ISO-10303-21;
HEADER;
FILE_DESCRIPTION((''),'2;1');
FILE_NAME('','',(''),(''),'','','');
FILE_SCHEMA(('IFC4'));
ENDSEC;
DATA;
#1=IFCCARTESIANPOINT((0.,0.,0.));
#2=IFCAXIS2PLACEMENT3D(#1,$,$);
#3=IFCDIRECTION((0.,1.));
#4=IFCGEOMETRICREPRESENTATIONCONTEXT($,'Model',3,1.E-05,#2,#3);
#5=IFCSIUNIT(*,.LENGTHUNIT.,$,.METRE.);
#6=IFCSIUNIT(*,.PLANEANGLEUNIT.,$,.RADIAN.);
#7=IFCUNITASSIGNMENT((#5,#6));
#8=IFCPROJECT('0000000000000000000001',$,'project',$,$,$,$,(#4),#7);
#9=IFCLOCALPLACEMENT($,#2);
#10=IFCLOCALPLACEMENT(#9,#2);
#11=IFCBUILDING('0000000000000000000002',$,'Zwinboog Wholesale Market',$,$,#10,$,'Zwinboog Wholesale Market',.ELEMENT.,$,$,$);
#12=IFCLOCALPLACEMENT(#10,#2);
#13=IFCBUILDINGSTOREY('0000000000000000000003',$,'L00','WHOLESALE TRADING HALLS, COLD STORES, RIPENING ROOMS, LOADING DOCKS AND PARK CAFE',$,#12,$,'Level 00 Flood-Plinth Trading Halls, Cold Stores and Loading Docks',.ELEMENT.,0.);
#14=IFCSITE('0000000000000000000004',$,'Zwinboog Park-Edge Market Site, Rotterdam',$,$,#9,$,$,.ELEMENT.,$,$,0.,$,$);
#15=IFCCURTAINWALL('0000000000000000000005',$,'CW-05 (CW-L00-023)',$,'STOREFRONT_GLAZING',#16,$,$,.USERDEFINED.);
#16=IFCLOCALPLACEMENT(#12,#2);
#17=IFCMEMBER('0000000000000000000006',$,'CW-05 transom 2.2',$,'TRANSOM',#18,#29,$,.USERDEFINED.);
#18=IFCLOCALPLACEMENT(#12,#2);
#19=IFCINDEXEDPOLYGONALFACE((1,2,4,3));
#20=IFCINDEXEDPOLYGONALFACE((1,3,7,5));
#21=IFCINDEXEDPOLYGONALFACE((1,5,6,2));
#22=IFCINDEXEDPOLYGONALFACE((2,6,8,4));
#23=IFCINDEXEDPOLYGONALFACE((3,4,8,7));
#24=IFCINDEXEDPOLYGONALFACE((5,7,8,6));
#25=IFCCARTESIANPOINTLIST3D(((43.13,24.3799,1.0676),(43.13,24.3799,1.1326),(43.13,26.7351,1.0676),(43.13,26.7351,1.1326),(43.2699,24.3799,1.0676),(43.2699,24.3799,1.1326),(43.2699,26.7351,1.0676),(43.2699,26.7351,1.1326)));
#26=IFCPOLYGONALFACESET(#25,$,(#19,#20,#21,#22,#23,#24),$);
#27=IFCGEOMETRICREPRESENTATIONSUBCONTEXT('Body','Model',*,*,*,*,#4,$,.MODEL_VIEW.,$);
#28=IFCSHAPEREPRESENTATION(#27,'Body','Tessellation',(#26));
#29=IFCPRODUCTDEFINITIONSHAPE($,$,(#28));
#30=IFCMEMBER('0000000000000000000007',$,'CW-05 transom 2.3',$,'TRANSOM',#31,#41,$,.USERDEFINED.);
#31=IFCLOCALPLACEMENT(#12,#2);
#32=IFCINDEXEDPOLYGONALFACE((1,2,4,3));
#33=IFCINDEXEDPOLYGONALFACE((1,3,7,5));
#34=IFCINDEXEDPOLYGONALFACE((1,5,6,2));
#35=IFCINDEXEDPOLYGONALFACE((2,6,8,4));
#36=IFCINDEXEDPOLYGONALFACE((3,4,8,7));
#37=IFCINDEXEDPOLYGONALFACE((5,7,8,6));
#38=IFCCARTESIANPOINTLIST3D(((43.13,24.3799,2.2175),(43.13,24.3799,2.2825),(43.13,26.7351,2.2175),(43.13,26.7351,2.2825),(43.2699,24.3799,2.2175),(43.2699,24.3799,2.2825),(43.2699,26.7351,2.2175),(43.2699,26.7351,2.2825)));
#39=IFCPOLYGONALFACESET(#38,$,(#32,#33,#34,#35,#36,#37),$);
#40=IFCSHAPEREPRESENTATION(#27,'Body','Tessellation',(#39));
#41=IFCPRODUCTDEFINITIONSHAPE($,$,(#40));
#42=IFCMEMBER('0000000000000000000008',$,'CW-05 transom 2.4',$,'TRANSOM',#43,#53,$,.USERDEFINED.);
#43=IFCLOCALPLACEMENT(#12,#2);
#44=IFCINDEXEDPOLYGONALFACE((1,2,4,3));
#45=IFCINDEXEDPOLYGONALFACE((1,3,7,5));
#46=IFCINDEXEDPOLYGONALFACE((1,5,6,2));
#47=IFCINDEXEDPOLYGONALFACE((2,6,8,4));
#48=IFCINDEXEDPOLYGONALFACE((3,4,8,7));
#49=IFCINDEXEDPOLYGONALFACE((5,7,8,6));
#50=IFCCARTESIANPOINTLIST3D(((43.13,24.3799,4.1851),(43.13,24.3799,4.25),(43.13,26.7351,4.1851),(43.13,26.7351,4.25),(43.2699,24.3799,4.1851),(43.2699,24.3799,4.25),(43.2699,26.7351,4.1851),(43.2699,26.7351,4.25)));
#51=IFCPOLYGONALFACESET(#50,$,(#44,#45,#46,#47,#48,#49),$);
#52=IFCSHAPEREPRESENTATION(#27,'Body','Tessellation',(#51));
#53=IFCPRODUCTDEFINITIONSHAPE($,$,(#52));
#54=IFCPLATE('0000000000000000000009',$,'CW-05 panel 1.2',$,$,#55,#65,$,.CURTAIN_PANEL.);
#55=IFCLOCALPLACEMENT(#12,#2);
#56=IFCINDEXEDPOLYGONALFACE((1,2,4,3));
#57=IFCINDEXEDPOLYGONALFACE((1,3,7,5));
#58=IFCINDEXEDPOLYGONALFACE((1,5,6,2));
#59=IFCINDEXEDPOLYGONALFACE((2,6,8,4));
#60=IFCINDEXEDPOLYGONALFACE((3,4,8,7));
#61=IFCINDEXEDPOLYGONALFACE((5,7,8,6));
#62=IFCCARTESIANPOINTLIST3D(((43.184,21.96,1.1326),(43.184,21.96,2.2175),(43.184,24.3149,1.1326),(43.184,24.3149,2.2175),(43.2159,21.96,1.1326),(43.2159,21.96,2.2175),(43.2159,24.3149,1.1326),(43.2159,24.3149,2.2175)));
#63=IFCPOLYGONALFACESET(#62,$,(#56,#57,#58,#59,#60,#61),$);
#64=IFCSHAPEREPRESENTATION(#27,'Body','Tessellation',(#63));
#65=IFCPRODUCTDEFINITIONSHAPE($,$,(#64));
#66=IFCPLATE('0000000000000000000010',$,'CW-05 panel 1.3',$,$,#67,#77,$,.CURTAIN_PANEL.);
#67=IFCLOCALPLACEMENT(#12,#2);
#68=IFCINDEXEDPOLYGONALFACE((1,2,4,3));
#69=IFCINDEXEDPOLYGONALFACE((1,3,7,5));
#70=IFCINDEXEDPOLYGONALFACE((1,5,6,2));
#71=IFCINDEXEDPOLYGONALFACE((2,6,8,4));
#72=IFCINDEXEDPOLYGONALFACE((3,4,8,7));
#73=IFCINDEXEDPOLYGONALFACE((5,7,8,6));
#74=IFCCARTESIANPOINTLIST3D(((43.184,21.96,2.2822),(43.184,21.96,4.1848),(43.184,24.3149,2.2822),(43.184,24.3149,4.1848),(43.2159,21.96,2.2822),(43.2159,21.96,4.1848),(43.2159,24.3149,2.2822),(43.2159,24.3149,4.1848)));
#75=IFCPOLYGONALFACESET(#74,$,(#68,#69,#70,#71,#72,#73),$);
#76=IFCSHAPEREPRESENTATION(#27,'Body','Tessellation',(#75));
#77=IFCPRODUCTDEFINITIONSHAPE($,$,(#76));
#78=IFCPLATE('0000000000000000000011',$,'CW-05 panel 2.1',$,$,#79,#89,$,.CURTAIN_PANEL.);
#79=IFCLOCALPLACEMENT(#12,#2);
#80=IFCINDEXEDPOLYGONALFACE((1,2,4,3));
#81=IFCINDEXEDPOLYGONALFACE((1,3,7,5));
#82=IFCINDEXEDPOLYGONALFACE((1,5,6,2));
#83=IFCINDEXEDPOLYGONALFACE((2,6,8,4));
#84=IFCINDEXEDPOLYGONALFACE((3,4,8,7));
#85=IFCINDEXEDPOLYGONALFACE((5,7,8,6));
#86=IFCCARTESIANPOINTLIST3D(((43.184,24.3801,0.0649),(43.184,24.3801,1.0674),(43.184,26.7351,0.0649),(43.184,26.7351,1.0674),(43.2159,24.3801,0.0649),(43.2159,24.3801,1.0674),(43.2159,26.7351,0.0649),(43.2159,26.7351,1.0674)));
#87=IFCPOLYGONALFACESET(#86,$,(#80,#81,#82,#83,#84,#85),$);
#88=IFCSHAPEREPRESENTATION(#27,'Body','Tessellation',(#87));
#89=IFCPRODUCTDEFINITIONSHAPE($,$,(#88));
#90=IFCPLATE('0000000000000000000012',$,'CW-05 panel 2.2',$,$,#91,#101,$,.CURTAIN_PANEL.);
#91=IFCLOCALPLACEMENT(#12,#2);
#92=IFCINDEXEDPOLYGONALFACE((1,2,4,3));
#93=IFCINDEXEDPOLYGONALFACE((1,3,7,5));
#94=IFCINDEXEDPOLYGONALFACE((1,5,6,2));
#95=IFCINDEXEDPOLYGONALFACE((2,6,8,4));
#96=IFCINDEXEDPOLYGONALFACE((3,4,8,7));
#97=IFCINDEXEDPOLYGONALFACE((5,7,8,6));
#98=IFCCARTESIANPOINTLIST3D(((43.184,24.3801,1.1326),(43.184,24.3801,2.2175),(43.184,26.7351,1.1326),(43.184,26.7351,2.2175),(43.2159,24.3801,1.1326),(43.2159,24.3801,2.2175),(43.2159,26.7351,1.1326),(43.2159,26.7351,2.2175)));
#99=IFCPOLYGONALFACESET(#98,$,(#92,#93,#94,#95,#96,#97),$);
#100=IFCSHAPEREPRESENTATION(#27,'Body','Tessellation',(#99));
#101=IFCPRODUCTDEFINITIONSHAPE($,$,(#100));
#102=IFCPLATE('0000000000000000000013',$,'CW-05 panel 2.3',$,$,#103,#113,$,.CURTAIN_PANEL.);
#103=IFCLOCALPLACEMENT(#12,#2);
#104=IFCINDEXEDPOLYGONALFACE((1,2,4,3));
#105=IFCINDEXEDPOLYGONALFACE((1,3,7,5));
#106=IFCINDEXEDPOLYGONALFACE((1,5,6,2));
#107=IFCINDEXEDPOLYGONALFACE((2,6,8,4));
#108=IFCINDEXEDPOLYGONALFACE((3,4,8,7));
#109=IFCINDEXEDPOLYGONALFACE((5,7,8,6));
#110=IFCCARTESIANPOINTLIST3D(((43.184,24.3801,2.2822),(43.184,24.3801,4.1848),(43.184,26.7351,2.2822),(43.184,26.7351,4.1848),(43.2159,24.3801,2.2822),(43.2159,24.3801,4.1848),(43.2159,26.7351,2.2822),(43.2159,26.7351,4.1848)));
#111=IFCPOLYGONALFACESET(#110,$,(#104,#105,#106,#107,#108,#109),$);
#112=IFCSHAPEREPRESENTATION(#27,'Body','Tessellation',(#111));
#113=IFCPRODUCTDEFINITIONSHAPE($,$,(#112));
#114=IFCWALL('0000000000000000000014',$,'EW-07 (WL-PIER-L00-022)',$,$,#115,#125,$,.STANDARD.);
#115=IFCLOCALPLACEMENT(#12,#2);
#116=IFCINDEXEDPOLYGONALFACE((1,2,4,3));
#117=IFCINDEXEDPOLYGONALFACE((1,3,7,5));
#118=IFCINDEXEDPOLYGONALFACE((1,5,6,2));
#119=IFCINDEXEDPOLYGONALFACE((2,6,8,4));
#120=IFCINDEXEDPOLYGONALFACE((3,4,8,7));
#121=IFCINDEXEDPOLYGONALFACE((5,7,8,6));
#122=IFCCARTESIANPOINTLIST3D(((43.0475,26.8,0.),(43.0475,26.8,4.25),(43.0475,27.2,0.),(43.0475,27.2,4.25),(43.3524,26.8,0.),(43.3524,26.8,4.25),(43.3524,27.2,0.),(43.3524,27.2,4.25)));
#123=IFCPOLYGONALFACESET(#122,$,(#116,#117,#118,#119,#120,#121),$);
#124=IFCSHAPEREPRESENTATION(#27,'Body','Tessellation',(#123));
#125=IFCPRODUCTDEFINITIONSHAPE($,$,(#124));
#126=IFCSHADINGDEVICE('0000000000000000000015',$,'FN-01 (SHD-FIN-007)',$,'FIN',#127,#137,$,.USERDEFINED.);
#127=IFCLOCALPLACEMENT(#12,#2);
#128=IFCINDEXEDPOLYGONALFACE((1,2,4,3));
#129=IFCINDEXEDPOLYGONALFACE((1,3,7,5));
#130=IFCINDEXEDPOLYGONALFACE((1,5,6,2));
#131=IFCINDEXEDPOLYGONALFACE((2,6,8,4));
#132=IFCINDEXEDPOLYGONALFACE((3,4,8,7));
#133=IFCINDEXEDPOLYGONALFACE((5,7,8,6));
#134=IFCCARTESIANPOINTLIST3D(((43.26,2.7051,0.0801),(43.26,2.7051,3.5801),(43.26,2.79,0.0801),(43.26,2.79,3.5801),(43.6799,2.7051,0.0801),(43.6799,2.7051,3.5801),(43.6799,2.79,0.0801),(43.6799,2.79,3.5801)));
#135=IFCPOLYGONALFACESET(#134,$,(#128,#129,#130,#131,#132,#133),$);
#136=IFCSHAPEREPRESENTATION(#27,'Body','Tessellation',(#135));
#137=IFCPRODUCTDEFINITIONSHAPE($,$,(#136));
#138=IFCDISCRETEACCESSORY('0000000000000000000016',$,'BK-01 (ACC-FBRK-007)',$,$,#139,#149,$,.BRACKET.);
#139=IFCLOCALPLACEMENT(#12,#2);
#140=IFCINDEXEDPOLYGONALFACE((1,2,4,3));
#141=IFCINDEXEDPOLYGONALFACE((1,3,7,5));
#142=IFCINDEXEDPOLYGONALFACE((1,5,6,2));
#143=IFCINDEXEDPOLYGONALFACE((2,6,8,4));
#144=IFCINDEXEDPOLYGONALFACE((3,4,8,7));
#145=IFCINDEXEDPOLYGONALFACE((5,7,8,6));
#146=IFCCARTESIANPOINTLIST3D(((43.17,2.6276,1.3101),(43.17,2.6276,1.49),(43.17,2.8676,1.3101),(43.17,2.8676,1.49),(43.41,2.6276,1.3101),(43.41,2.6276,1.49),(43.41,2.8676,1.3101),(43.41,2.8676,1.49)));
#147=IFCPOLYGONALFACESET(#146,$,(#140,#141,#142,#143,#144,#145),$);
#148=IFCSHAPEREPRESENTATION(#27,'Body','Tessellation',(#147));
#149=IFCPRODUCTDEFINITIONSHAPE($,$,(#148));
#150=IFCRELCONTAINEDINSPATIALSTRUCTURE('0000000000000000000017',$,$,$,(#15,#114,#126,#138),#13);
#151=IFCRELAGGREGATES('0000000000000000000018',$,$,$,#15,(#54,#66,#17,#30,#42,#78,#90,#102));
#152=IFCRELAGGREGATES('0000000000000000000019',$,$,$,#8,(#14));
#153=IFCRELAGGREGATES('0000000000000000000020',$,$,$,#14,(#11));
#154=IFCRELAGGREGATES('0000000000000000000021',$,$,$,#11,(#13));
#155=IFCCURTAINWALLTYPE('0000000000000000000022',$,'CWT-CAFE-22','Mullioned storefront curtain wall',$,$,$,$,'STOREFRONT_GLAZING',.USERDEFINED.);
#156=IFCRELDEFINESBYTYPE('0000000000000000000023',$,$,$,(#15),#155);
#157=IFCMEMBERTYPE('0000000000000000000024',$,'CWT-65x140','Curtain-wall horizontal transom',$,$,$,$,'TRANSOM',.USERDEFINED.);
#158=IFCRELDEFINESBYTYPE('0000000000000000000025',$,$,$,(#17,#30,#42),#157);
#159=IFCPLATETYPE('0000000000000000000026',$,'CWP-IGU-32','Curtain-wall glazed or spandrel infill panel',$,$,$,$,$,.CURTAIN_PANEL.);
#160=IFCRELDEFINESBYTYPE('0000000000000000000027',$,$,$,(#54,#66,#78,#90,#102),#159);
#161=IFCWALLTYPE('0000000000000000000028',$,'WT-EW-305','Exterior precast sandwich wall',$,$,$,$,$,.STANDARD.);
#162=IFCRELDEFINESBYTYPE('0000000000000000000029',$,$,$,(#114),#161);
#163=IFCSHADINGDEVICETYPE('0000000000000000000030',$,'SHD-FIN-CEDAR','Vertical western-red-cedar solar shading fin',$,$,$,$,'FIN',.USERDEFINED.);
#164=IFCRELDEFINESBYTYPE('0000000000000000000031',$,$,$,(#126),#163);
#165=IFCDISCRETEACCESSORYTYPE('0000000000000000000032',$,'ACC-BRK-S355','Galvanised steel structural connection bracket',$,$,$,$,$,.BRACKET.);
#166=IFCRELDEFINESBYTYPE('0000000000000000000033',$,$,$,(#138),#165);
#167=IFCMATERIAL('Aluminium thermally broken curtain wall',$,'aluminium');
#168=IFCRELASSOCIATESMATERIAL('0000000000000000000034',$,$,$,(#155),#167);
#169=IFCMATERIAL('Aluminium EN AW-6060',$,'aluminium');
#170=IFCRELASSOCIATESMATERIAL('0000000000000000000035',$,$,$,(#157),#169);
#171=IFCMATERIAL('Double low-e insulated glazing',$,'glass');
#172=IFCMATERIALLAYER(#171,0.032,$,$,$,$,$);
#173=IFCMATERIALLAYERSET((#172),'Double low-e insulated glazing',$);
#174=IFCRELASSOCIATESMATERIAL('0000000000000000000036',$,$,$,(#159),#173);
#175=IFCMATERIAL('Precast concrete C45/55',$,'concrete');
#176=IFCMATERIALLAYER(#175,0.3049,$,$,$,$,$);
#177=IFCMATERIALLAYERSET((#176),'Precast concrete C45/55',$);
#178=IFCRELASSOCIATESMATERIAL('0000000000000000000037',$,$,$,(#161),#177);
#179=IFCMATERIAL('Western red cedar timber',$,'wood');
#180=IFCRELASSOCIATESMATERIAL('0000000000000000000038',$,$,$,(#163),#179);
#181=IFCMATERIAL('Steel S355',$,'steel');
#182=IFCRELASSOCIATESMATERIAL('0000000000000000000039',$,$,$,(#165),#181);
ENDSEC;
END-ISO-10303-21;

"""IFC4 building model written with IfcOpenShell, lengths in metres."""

from ifc_helpers import new_model, si_unit, direction, frame, frame_2d, origin, origin_2d, place, context, subcontext, project, spatial, rectangle, extrude, material, layer, layer_set, material_profile, profile_set, type_object, element, aggregate, save


model = new_model("IFC4")

# Units and contexts
model_context = context("Model", 3, precision=1e-05, world=origin(), true_north=direction((0.0, 1.0)))
body_context = subcontext(model_context, "Body", "Model", "MODEL_VIEW")
ifc_project = project(units=[si_unit("LENGTHUNIT", "METRE"), si_unit("PLANEANGLEUNIT", "RADIAN")], contexts=[model_context])

# Site, building, storey
site_placement = place(None, origin())
site = spatial("IfcSite", under=ifc_project, at=site_placement, Name="Zwinboog Park-Edge Market Site, Rotterdam", CompositionType="ELEMENT", RefElevation=0.0)
building_placement = place(site_placement, origin())
building = spatial("IfcBuilding", under=site, at=building_placement, Name="Zwinboog Wholesale Market", LongName="Zwinboog Wholesale Market", CompositionType="ELEMENT")
storey_placement = place(building_placement, origin())
storey = spatial("IfcBuildingStorey", under=building, at=storey_placement, Name="L00", Description="WHOLESALE TRADING HALLS, COLD STORES, RIPENING ROOMS, LOADING DOCKS AND PARK CAFE", LongName="Level 00 Flood-Plinth Trading Halls, Cold Stores and Loading Docks", CompositionType="ELEMENT", Elevation=0.0)

# Curtain wall, members, plates
ifc_material_1 = material(Name="Aluminium thermally broken curtain wall", Category="aluminium")
curtain_wall_type = type_object("IfcCurtainWallType", Name="CWT-CAFE-22", Description="Mullioned storefront curtain wall", ElementType="STOREFRONT_GLAZING", PredefinedType="USERDEFINED", material=ifc_material_1)
curtain_wall_placement = place(storey_placement, origin())
curtain_wall = element("IfcCurtainWall", 1, at=curtain_wall_placement, inside=storey, type_object=curtain_wall_type, Name="CW-05 (CW-L00-023)", ObjectType="STOREFRONT_GLAZING", PredefinedType="USERDEFINED")
ifc_material_2 = material(Name="Aluminium EN AW-6060", Category="aluminium")
ifc_material_profile_1 = material_profile(ifc_material_2, rectangle(XDim=0.1399, YDim=0.0649, at=origin_2d()), Name="AL 65x140")
ifc_profile_set_1 = profile_set([ifc_material_profile_1], Name="Aluminium EN AW-6060")
member_type_1 = type_object("IfcMemberType", Name="CWT-65x140", Description="Curtain-wall horizontal transom", ElementType="TRANSOM", PredefinedType="USERDEFINED", material=ifc_profile_set_1)
member_1_placement = place(storey_placement, frame((43.2, 24.3799, 1.1001), z_axis=(0.0, 1.0, 0.0), x_axis=(-1.0, 0.0, 0.0)))
member_1 = element("IfcMember", 2, at=member_1_placement, type_object=member_type_1, Name="CW-05 transom 2.2", ObjectType="TRANSOM", PredefinedType="USERDEFINED", context=body_context, shape_type="SweptSolid", body=[
    extrude(rectangle(XDim=0.1399, YDim=0.0649, at=origin_2d()), origin(), (0.0, 0.0, 1.0), 2.3552),
])
member_2_placement = place(storey_placement, frame((43.2, 24.3799, 2.25), z_axis=(0.0, 1.0, 0.0), x_axis=(-1.0, 0.0, 0.0)))
member_2 = element("IfcMember", 3, at=member_2_placement, type_object=member_type_1, Name="CW-05 transom 2.3", ObjectType="TRANSOM", PredefinedType="USERDEFINED", context=body_context, shape_type="SweptSolid", body=[
    extrude(rectangle(XDim=0.1399, YDim=0.0649, at=origin_2d()), origin(), (0.0, 0.0, 1.0), 2.3552),
])
member_3_placement = place(storey_placement, frame((43.2, 24.3799, 4.2175), z_axis=(0.0, 1.0, 0.0), x_axis=(-1.0, 0.0, 0.0)))
member_3 = element("IfcMember", 4, at=member_3_placement, type_object=member_type_1, Name="CW-05 transom 2.4", ObjectType="TRANSOM", PredefinedType="USERDEFINED", context=body_context, shape_type="SweptSolid", body=[
    extrude(rectangle(XDim=0.1399, YDim=0.0649, at=origin_2d()), origin(), (0.0, 0.0, 1.0), 2.3552),
])
ifc_material_3 = material(Name="Double low-e insulated glazing", Category="glass")
ifc_layer_1 = layer(ifc_material_3, 0.032)
ifc_layer_set_1 = layer_set([ifc_layer_1], Name="Double low-e insulated glazing")
plate_type = type_object("IfcPlateType", Name="CWP-IGU-32", Description="Curtain-wall glazed or spandrel infill panel", PredefinedType="CURTAIN_PANEL", material=ifc_layer_set_1)
plate_1_placement = place(storey_placement, frame((43.2, 23.1375, 1.1326), z_axis=(0.0, 0.0, 1.0), x_axis=(0.0, 1.0, 0.0)))
plate_1 = element("IfcPlate", 5, at=plate_1_placement, type_object=plate_type, Name="CW-05 panel 1.2", PredefinedType="CURTAIN_PANEL", context=body_context, shape_type="SweptSolid", body=[
    extrude(rectangle(XDim=2.355, YDim=0.032, at=origin_2d()), origin(), (0.0, 0.0, 1.0), 1.085),
])
plate_2_placement = place(storey_placement, frame((43.2, 23.1375, 2.2822), z_axis=(0.0, 0.0, 1.0), x_axis=(0.0, 1.0, 0.0)))
plate_2 = element("IfcPlate", 6, at=plate_2_placement, type_object=plate_type, Name="CW-05 panel 1.3", PredefinedType="CURTAIN_PANEL", context=body_context, shape_type="SweptSolid", body=[
    extrude(rectangle(XDim=2.355, YDim=0.032, at=origin_2d()), origin(), (0.0, 0.0, 1.0), 1.9026),
])
plate_3_placement = place(storey_placement, frame((43.2, 25.5576, 0.0649), z_axis=(0.0, 0.0, 1.0), x_axis=(0.0, 1.0, 0.0)))
plate_3 = element("IfcPlate", 7, at=plate_3_placement, type_object=plate_type, Name="CW-05 panel 2.1", PredefinedType="CURTAIN_PANEL", context=body_context, shape_type="SweptSolid", body=[
    extrude(rectangle(XDim=2.355, YDim=0.032, at=origin_2d()), origin(), (0.0, 0.0, 1.0), 1.0024),
])
plate_4_placement = place(storey_placement, frame((43.2, 25.5576, 1.1326), z_axis=(0.0, 0.0, 1.0), x_axis=(0.0, 1.0, 0.0)))
plate_4 = element("IfcPlate", 8, at=plate_4_placement, type_object=plate_type, Name="CW-05 panel 2.2", PredefinedType="CURTAIN_PANEL", context=body_context, shape_type="SweptSolid", body=[
    extrude(rectangle(XDim=2.355, YDim=0.032, at=origin_2d()), origin(), (0.0, 0.0, 1.0), 1.085),
])
plate_5_placement = place(storey_placement, frame((43.2, 25.5576, 2.2822), z_axis=(0.0, 0.0, 1.0), x_axis=(0.0, 1.0, 0.0)))
plate_5 = element("IfcPlate", 9, at=plate_5_placement, type_object=plate_type, Name="CW-05 panel 2.3", PredefinedType="CURTAIN_PANEL", context=body_context, shape_type="SweptSolid", body=[
    extrude(rectangle(XDim=2.355, YDim=0.032, at=origin_2d()), origin(), (0.0, 0.0, 1.0), 1.9026),
])
aggregate(curtain_wall, [plate_1, plate_2, member_1, member_2, member_3, plate_3, plate_4, plate_5])

# Wall
ifc_material_4 = material(Name="Precast concrete C45/55", Category="concrete")
ifc_layer_2 = layer(ifc_material_4, 0.3049)
ifc_layer_set_2 = layer_set([ifc_layer_2], Name="Precast concrete C45/55")
wall_type = type_object("IfcWallType", Name="WT-EW-305", Description="Exterior precast sandwich wall", PredefinedType="STANDARD", material=ifc_layer_set_2)
wall_placement = place(storey_placement, frame((43.2, 26.8, 0.0), z_axis=(0.0, 0.0, 1.0), x_axis=(0.0, 1.0, 0.0)))
element("IfcWall", 10, at=wall_placement, inside=storey, type_object=wall_type, Name="EW-07 (WL-PIER-L00-022)", PredefinedType="STANDARD", context=body_context, shape_type="SweptSolid", body=[
    extrude(rectangle(XDim=0.3999, YDim=0.3049, at=frame_2d((0.2, 0.0))), origin(), (0.0, 0.0, 1.0), 4.25),
])

# Shading device
ifc_material_5 = material(Name="Western red cedar timber", Category="wood")
shading_device_type = type_object("IfcShadingDeviceType", Name="SHD-FIN-CEDAR", Description="Vertical western-red-cedar solar shading fin", ElementType="FIN", PredefinedType="USERDEFINED", material=ifc_material_5)
shading_device_placement = place(storey_placement, frame((43.47, 2.7476, 0.0801), z_axis=(0.0, 0.0, 1.0), x_axis=(1.0, 0.0, 0.0)))
element("IfcShadingDevice", 11, at=shading_device_placement, inside=storey, type_object=shading_device_type, Name="FN-01 (SHD-FIN-007)", ObjectType="FIN", PredefinedType="USERDEFINED", context=body_context, shape_type="SweptSolid", body=[
    extrude(rectangle(XDim=0.4199, YDim=0.085, at=origin_2d()), origin(), (0.0, 0.0, 1.0), 3.5),
])

# Discrete accessory
ifc_material_6 = material(Name="Steel S355", Category="steel")
discrete_accessory_type = type_object("IfcDiscreteAccessoryType", Name="ACC-BRK-S355", Description="Galvanised steel structural connection bracket", PredefinedType="BRACKET", material=ifc_material_6)
discrete_accessory_placement = place(storey_placement, frame((43.29, 2.7476, 1.3101), z_axis=(0.0, 0.0, 1.0), x_axis=(1.0, 0.0, 0.0)))
element("IfcDiscreteAccessory", 12, at=discrete_accessory_placement, inside=storey, type_object=discrete_accessory_type, Name="BK-01 (ACC-FBRK-007)", PredefinedType="BRACKET", context=body_context, shape_type="SweptSolid", body=[
    extrude(rectangle(XDim=0.24, YDim=0.24, at=origin_2d()), origin(), (0.0, 0.0, 1.0), 0.1799),
])

save(model, "model.ifc")
